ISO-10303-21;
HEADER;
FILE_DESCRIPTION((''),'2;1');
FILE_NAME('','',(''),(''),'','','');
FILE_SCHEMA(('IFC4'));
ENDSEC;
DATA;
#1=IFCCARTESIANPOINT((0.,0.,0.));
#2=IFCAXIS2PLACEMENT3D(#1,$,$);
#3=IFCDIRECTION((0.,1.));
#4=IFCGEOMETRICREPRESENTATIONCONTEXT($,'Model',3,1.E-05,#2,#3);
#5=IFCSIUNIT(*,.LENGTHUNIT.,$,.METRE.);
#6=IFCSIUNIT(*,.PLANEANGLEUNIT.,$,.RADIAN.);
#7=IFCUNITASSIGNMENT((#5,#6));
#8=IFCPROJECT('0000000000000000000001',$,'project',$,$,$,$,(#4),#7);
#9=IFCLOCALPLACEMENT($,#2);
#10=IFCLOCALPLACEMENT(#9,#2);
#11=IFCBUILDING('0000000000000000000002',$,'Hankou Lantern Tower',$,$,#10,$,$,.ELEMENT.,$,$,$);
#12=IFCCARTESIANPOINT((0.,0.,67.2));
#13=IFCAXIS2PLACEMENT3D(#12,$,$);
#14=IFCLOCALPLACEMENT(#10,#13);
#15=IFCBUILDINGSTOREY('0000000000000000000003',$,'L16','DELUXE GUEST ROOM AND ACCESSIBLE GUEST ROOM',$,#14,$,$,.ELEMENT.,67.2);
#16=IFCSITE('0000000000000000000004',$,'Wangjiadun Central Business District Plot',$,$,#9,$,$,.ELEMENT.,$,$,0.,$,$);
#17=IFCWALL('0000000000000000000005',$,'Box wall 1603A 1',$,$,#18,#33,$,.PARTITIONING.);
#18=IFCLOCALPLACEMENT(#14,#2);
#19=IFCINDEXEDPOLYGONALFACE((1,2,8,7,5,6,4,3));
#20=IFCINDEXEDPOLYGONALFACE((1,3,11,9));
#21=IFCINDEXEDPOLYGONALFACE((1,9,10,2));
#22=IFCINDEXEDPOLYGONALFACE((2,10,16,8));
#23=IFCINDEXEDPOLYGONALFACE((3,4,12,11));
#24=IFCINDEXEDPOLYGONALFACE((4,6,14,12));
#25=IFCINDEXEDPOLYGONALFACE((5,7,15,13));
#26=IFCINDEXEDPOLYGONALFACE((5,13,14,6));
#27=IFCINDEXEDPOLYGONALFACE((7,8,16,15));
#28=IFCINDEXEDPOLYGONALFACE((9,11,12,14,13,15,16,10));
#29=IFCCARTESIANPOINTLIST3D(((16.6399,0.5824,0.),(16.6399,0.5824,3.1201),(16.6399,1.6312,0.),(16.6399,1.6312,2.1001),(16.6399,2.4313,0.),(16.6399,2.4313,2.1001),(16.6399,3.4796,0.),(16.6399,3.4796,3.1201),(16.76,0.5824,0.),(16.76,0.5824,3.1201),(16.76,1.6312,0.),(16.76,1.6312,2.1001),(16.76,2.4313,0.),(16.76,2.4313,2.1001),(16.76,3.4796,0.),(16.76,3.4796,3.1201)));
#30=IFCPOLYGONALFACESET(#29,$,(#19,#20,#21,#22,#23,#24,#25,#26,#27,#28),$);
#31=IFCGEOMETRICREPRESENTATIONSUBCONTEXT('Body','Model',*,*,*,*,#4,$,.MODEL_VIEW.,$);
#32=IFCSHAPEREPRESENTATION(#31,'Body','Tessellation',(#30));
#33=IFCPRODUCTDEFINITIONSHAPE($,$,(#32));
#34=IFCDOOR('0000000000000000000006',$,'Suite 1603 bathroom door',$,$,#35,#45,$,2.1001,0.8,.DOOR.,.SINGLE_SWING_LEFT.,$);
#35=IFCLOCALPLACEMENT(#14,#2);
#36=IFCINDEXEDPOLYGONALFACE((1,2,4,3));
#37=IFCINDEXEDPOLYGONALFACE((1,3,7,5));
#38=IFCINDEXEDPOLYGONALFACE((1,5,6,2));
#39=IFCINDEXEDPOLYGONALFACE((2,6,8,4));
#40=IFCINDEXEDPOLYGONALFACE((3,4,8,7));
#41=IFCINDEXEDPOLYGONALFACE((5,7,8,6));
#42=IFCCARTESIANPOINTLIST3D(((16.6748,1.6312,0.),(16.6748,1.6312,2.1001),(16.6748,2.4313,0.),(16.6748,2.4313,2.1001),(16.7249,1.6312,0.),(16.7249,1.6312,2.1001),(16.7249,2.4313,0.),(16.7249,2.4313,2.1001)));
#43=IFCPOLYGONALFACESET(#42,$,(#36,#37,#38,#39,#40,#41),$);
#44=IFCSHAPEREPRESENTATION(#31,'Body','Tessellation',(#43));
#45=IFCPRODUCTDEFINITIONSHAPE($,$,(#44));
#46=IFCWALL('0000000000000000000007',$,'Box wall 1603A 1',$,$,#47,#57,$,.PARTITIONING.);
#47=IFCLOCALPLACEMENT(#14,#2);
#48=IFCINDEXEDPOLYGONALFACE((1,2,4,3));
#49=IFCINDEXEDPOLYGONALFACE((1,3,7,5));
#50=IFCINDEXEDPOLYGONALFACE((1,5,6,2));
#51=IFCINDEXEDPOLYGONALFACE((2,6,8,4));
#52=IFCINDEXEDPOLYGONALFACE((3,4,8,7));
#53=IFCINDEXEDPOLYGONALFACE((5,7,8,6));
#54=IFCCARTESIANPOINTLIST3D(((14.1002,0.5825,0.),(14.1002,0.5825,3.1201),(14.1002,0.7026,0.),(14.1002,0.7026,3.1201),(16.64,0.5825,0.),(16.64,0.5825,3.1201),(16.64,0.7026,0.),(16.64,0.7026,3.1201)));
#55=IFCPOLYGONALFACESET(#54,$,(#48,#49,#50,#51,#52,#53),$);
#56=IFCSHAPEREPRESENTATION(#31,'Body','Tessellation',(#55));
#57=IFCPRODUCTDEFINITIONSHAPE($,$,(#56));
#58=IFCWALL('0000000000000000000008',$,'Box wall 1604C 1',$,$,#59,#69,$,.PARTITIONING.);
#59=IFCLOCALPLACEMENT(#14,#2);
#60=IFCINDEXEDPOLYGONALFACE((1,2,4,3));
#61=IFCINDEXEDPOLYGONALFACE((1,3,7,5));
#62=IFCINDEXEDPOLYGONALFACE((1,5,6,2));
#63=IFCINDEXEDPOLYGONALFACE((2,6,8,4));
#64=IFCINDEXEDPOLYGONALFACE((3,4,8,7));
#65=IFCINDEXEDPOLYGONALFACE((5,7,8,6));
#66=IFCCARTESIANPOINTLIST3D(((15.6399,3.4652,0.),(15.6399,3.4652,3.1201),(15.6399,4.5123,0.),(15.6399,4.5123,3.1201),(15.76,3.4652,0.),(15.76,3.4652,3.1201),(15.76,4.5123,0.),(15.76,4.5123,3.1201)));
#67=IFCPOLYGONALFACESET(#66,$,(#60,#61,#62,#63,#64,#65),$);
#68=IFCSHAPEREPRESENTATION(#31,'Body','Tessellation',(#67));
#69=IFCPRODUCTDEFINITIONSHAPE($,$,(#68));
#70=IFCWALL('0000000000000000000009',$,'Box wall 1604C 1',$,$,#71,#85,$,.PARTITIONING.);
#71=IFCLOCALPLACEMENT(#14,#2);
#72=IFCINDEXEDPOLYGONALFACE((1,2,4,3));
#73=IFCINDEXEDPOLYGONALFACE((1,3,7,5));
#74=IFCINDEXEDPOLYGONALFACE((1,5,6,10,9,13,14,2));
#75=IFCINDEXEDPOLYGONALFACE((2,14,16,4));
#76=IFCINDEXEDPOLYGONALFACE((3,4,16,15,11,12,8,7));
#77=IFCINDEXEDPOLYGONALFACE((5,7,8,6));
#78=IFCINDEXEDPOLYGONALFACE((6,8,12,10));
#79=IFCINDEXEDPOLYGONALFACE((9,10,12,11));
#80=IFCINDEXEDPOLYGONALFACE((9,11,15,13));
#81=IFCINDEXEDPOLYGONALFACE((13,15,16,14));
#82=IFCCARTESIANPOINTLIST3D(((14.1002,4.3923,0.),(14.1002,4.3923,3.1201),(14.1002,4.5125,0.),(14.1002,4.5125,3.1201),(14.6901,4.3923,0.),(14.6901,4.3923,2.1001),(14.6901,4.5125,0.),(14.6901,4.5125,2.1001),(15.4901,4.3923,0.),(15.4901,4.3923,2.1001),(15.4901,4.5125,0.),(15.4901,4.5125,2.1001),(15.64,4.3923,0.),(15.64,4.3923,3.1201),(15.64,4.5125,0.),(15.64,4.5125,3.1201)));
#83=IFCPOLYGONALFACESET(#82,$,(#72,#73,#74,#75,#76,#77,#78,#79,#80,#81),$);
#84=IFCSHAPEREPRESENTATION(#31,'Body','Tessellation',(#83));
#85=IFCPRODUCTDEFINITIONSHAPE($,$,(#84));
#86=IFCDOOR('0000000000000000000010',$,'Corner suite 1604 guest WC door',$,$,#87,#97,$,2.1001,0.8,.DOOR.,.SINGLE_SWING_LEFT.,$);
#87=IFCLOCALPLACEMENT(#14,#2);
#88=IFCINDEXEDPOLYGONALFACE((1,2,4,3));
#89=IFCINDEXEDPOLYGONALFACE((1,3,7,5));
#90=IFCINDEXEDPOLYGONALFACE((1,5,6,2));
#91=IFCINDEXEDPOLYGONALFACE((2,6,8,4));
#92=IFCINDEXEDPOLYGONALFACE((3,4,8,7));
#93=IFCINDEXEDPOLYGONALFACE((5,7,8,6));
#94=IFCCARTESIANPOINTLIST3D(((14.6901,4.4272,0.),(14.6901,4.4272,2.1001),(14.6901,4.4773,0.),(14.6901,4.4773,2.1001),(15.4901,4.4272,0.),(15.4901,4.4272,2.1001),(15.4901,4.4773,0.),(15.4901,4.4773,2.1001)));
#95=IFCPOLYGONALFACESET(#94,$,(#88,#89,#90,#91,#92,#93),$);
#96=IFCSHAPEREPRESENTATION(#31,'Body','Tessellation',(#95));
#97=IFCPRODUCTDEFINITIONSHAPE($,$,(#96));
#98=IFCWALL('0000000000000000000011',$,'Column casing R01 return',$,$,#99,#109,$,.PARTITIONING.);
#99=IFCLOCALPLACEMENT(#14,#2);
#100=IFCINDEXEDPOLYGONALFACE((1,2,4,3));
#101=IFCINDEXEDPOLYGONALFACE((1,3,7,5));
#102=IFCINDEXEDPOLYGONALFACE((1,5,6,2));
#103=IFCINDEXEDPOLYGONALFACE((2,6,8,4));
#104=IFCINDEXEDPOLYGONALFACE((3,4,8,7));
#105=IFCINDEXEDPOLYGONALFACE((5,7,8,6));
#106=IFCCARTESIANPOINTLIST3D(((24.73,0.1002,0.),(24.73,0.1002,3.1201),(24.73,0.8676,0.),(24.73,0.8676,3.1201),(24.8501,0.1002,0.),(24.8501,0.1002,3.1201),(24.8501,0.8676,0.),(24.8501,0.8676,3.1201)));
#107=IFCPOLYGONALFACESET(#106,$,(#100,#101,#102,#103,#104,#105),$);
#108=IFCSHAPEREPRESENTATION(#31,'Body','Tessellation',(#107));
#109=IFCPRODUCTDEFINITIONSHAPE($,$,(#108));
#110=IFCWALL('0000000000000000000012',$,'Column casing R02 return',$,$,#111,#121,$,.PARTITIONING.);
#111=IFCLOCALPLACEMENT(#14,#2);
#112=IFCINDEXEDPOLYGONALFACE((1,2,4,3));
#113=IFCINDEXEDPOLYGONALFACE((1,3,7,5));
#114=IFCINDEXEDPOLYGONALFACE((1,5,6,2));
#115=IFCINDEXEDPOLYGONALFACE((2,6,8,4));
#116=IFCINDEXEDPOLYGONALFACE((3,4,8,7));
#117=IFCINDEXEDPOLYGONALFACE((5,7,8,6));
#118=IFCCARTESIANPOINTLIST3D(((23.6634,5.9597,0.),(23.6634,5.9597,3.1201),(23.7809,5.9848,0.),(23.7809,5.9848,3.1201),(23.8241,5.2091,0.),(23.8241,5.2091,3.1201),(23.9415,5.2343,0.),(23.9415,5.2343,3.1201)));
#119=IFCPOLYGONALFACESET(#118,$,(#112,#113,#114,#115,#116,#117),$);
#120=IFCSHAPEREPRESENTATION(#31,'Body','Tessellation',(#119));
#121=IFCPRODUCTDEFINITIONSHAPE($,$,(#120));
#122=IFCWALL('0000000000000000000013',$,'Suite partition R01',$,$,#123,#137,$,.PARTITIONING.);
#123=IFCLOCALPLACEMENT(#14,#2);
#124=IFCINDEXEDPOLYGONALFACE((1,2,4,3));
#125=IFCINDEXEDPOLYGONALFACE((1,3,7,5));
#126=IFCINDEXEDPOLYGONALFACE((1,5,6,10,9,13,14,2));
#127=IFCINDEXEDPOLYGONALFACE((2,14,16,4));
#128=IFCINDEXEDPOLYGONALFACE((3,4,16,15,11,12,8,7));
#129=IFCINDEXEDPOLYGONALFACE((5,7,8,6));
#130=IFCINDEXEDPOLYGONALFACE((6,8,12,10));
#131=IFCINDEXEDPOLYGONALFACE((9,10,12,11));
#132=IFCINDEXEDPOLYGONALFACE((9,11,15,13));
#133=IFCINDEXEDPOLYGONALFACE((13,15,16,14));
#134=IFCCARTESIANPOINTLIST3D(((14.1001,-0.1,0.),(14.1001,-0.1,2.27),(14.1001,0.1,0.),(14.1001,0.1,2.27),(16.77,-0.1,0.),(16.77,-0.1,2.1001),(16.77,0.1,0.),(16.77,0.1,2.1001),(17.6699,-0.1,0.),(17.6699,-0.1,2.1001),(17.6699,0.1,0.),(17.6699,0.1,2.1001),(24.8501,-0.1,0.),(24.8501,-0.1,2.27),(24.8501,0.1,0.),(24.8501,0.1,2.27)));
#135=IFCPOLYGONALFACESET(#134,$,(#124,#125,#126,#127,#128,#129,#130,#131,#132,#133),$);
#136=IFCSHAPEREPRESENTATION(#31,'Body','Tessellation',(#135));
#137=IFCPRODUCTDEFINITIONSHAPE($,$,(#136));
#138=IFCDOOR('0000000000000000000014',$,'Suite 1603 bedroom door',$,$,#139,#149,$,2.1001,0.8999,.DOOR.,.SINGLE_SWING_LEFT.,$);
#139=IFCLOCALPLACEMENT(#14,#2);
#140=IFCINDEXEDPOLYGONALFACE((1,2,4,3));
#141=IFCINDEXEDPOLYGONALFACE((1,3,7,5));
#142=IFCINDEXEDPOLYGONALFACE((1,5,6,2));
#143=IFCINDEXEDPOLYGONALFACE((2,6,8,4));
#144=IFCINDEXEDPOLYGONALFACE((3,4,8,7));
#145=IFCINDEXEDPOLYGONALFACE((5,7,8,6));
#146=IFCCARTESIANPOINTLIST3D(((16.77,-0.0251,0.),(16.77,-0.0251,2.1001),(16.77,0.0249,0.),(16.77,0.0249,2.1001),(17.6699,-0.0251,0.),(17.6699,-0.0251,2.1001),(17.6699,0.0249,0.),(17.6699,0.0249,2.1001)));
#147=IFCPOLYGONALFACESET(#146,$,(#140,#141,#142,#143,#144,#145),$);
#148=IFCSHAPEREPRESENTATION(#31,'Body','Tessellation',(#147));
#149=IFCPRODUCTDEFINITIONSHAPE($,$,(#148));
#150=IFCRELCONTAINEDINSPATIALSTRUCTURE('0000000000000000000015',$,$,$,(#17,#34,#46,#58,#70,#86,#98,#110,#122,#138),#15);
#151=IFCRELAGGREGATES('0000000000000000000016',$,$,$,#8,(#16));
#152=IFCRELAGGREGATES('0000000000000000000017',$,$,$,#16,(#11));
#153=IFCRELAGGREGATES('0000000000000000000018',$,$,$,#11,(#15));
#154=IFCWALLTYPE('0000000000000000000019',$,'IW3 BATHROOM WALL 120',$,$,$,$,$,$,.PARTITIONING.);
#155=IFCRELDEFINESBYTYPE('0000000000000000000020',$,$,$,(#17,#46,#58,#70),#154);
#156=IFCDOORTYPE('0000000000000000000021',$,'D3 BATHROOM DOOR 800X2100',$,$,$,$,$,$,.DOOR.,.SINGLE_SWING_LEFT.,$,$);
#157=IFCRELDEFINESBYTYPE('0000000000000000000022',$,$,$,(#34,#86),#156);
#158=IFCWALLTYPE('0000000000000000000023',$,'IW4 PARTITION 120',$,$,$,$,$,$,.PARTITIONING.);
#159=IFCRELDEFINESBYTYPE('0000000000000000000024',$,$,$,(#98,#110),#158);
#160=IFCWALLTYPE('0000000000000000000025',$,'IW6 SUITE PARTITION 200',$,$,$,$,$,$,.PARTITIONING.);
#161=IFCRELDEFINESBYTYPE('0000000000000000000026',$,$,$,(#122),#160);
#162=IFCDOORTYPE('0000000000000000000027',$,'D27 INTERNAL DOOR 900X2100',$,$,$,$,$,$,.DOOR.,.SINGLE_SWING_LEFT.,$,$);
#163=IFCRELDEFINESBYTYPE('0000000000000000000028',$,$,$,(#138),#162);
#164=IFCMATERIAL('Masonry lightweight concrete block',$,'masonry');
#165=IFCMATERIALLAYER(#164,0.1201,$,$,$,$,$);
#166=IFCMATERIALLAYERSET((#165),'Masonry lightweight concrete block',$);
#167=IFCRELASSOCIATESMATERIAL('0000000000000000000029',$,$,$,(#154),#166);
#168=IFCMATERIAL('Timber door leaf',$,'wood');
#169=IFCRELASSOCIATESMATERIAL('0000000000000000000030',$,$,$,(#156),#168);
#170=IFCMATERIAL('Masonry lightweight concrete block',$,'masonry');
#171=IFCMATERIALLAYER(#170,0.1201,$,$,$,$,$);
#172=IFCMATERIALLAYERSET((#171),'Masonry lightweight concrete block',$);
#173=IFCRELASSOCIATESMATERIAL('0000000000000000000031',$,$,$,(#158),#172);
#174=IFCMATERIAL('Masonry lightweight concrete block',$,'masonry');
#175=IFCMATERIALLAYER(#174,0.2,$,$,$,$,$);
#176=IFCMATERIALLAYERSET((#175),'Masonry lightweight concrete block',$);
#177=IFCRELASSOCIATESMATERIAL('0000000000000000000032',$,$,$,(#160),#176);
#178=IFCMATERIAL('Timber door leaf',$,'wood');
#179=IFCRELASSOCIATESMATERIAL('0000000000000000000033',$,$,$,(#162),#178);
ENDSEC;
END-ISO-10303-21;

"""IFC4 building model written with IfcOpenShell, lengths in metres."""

from ifc_helpers import new_model, si_unit, direction, frame, frame_2d, origin, place, context, subcontext, project, spatial, rectangle, extrude, material, layer, layer_set, type_object, element, fill, save


model = new_model("IFC4")

# Units and contexts
model_context = context("Model", 3, precision=1e-05, world=origin(), true_north=direction((0.0, 1.0)))
body_context = subcontext(model_context, "Body", "Model", "MODEL_VIEW")
ifc_project = project(units=[si_unit("LENGTHUNIT", "METRE"), si_unit("PLANEANGLEUNIT", "RADIAN")], contexts=[model_context])

# Site, building, storey
site_placement = place(None, origin())
site = spatial("IfcSite", under=ifc_project, at=site_placement, Name="Wangjiadun Central Business District Plot", CompositionType="ELEMENT", RefElevation=0.0)
building_placement = place(site_placement, origin())
building = spatial("IfcBuilding", under=site, at=building_placement, Name="Hankou Lantern Tower", CompositionType="ELEMENT")
storey_placement = place(building_placement, frame((0.0, 0.0, 67.2)))
storey = spatial("IfcBuildingStorey", under=building, at=storey_placement, Name="L16", Description="DELUXE GUEST ROOM AND ACCESSIBLE GUEST ROOM", CompositionType="ELEMENT", Elevation=67.2)

# Shared definitions
ifc_material_1 = material(Name="Masonry lightweight concrete block", Category="masonry")
ifc_layer_1 = layer(ifc_material_1, 0.1201)
ifc_layer_set_1 = layer_set([ifc_layer_1], Name="Masonry lightweight concrete block")
wall_type_1 = type_object("IfcWallType", Name="IW3 BATHROOM WALL 120", PredefinedType="PARTITIONING", material=ifc_layer_set_1)

# Wall, opening, door
ifc_material_2 = material(Name="Timber door leaf", Category="wood")
door_type_1 = type_object("IfcDoorType", Name="D3 BATHROOM DOOR 800X2100", OperationType="SINGLE_SWING_LEFT", PredefinedType="DOOR", material=ifc_material_2)
wall_1_placement = place(storey_placement, frame((16.7, 3.4797, 0.0), z_axis=(0.0, 0.0, 1.0), x_axis=(0.0, -1.0, 0.0)))
wall_1 = element("IfcWall", 1, at=wall_1_placement, inside=storey, type_object=wall_type_1, Name="Box wall 1603A 1", PredefinedType="PARTITIONING", context=body_context, shape_type="SweptSolid", body=[
    extrude(rectangle(XDim=2.8972, YDim=0.1201, at=frame_2d((1.4487, 0.0))), origin(), (0.0, 0.0, 1.0), 3.1201),
])
opening_1_placement = place(wall_1_placement, frame((1.0486, 0.0, 0.0)))
opening_1 = element("IfcOpeningElement", 2, at=opening_1_placement, cuts=wall_1, PredefinedType="OPENING", context=body_context, shape_type="SweptSolid", body=[
    extrude(rectangle(XDim=0.8, YDim=2.1001, at=frame_2d((0.3999, 1.05))), frame((0.0, 0.0701, 0.0), z_axis=(0.0, -1.0, 0.0), x_axis=(1.0, 0.0, 0.0)), (0.0, 0.0, 1.0), 0.1401),
])
door_1_placement = place(opening_1_placement, origin())
door_1 = element("IfcDoor", 3, at=door_1_placement, inside=storey, type_object=door_type_1, Name="Suite 1603 bathroom door", OperationType="SINGLE_SWING_LEFT", OverallHeight=2.1001, OverallWidth=0.8, PredefinedType="DOOR", context=body_context, shape_type="SweptSolid", body=[
    extrude(rectangle(XDim=0.8, YDim=2.1001, at=frame_2d((0.3999, 1.05))), frame((0.0, 0.0249, 0.0), z_axis=(0.0, -1.0, 0.0), x_axis=(1.0, 0.0, 0.0)), (0.0, 0.0, 1.0), 0.05),
])
fill(opening_1, door_1)

# Walls
wall_2_placement = place(storey_placement, frame((14.1001, 0.6426, 0.0), z_axis=(0.0, 0.0, 1.0), x_axis=(1.0, 0.0, 0.0)))
element("IfcWall", 4, at=wall_2_placement, inside=storey, type_object=wall_type_1, Name="Box wall 1603A 1", PredefinedType="PARTITIONING", context=body_context, shape_type="SweptSolid", body=[
    extrude(rectangle(XDim=2.5398, YDim=0.1201, at=frame_2d((1.27, 0.0))), origin(), (0.0, 0.0, 1.0), 3.1201),
])
wall_3_placement = place(storey_placement, frame((15.7, 3.4653, 0.0), z_axis=(0.0, 0.0, 1.0), x_axis=(0.0, 1.0, 0.0)))
element("IfcWall", 5, at=wall_3_placement, inside=storey, type_object=wall_type_1, Name="Box wall 1604C 1", PredefinedType="PARTITIONING", context=body_context, shape_type="SweptSolid", body=[
    extrude(rectangle(XDim=1.0471, YDim=0.1201, at=frame_2d((0.5234, 0.0))), origin(), (0.0, 0.0, 1.0), 3.1201),
])

# Wall, opening, door
wall_4_placement = place(storey_placement, frame((14.1001, 4.4524, 0.0), z_axis=(0.0, 0.0, 1.0), x_axis=(1.0, 0.0, 0.0)))
wall_4 = element("IfcWall", 6, at=wall_4_placement, inside=storey, type_object=wall_type_1, Name="Box wall 1604C 1", PredefinedType="PARTITIONING", context=body_context, shape_type="SweptSolid", body=[
    extrude(rectangle(XDim=1.5398, YDim=0.1201, at=frame_2d((0.77, 0.0))), origin(), (0.0, 0.0, 1.0), 3.1201),
])
opening_2_placement = place(wall_4_placement, frame((0.5901, 0.0, 0.0)))
opening_2 = element("IfcOpeningElement", 7, at=opening_2_placement, cuts=wall_4, PredefinedType="OPENING", context=body_context, shape_type="SweptSolid", body=[
    extrude(rectangle(XDim=0.8, YDim=2.1001, at=frame_2d((0.3999, 1.05))), frame((0.0, 0.0701, 0.0), z_axis=(0.0, -1.0, 0.0), x_axis=(1.0, 0.0, 0.0)), (0.0, 0.0, 1.0), 0.1401),
])
door_2_placement = place(opening_2_placement, origin())
door_2 = element("IfcDoor", 8, at=door_2_placement, inside=storey, type_object=door_type_1, Name="Corner suite 1604 guest WC door", OperationType="SINGLE_SWING_LEFT", OverallHeight=2.1001, OverallWidth=0.8, PredefinedType="DOOR", context=body_context, shape_type="SweptSolid", body=[
    extrude(rectangle(XDim=0.8, YDim=2.1001, at=frame_2d((0.3999, 1.05))), frame((0.0, 0.0249, 0.0), z_axis=(0.0, -1.0, 0.0), x_axis=(1.0, 0.0, 0.0)), (0.0, 0.0, 1.0), 0.05),
])
fill(opening_2, door_2)

# Walls
ifc_material_3 = material(Name="Masonry lightweight concrete block", Category="masonry")
ifc_layer_2 = layer(ifc_material_3, 0.1201)
ifc_layer_set_2 = layer_set([ifc_layer_2], Name="Masonry lightweight concrete block")
wall_type_2 = type_object("IfcWallType", Name="IW4 PARTITION 120", PredefinedType="PARTITIONING", material=ifc_layer_set_2)
wall_5_placement = place(storey_placement, frame((24.79, 0.1001, 0.0), z_axis=(0.0, 0.0, 1.0), x_axis=(0.0, 1.0, 0.0)))
element("IfcWall", 9, at=wall_5_placement, inside=storey, type_object=wall_type_2, Name="Column casing R01 return", PredefinedType="PARTITIONING", context=body_context, shape_type="SweptSolid", body=[
    extrude(rectangle(XDim=0.7673, YDim=0.1201, at=frame_2d((0.3838, 0.0))), origin(), (0.0, 0.0, 1.0), 3.1201),
])
wall_6_placement = place(storey_placement, frame((23.8828, 5.2217, 0.0), z_axis=(0.0, 0.0, 1.0), x_axis=(-0.209312, 0.977849, 0.0)))
element("IfcWall", 10, at=wall_6_placement, inside=storey, type_object=wall_type_2, Name="Column casing R02 return", PredefinedType="PARTITIONING", context=body_context, shape_type="SweptSolid", body=[
    extrude(rectangle(XDim=0.7676, YDim=0.1201, at=frame_2d((0.3838, 0.0))), origin(), (0.0, 0.0, 1.0), 3.1201),
])

# Wall, opening, door
ifc_material_4 = material(Name="Masonry lightweight concrete block", Category="masonry")
ifc_layer_3 = layer(ifc_material_4, 0.2)
ifc_layer_set_3 = layer_set([ifc_layer_3], Name="Masonry lightweight concrete block")
wall_type_3 = type_object("IfcWallType", Name="IW6 SUITE PARTITION 200", PredefinedType="PARTITIONING", material=ifc_layer_set_3)
wall_7_placement = place(storey_placement, frame((14.1001, 0.0, 0.0), z_axis=(0.0, 0.0, 1.0), x_axis=(1.0, 0.0, 0.0)))
wall_7 = element("IfcWall", 11, at=wall_7_placement, inside=storey, type_object=wall_type_3, Name="Suite partition R01", PredefinedType="PARTITIONING", context=body_context, shape_type="SweptSolid", body=[
    extrude(rectangle(XDim=10.75, YDim=0.2, at=frame_2d((5.375, 0.0))), origin(), (0.0, 0.0, 1.0), 2.27),
])
opening_3_placement = place(wall_7_placement, frame((2.6699, 0.0, 0.0)))
opening_3 = element("IfcOpeningElement", 12, at=opening_3_placement, cuts=wall_7, PredefinedType="OPENING", context=body_context, shape_type="SweptSolid", body=[
    extrude(rectangle(XDim=0.8999, YDim=2.1001, at=frame_2d((0.45, 1.05))), frame((0.0, 0.1099, 0.0), z_axis=(0.0, -1.0, 0.0), x_axis=(1.0, 0.0, 0.0)), (0.0, 0.0, 1.0), 0.22),
])
ifc_material_5 = material(Name="Timber door leaf", Category="wood")
door_type_2 = type_object("IfcDoorType", Name="D27 INTERNAL DOOR 900X2100", OperationType="SINGLE_SWING_LEFT", PredefinedType="DOOR", material=ifc_material_5)
door_3_placement = place(opening_3_placement, origin())
door_3 = element("IfcDoor", 13, at=door_3_placement, inside=storey, type_object=door_type_2, Name="Suite 1603 bedroom door", OperationType="SINGLE_SWING_LEFT", OverallHeight=2.1001, OverallWidth=0.8999, PredefinedType="DOOR", context=body_context, shape_type="SweptSolid", body=[
    extrude(rectangle(XDim=0.8999, YDim=2.1001, at=frame_2d((0.45, 1.05))), frame((0.0, 0.0249, 0.0), z_axis=(0.0, -1.0, 0.0), x_axis=(1.0, 0.0, 0.0)), (0.0, 0.0, 1.0), 0.05),
])
fill(opening_3, door_3)

save(model, "model.ifc")
